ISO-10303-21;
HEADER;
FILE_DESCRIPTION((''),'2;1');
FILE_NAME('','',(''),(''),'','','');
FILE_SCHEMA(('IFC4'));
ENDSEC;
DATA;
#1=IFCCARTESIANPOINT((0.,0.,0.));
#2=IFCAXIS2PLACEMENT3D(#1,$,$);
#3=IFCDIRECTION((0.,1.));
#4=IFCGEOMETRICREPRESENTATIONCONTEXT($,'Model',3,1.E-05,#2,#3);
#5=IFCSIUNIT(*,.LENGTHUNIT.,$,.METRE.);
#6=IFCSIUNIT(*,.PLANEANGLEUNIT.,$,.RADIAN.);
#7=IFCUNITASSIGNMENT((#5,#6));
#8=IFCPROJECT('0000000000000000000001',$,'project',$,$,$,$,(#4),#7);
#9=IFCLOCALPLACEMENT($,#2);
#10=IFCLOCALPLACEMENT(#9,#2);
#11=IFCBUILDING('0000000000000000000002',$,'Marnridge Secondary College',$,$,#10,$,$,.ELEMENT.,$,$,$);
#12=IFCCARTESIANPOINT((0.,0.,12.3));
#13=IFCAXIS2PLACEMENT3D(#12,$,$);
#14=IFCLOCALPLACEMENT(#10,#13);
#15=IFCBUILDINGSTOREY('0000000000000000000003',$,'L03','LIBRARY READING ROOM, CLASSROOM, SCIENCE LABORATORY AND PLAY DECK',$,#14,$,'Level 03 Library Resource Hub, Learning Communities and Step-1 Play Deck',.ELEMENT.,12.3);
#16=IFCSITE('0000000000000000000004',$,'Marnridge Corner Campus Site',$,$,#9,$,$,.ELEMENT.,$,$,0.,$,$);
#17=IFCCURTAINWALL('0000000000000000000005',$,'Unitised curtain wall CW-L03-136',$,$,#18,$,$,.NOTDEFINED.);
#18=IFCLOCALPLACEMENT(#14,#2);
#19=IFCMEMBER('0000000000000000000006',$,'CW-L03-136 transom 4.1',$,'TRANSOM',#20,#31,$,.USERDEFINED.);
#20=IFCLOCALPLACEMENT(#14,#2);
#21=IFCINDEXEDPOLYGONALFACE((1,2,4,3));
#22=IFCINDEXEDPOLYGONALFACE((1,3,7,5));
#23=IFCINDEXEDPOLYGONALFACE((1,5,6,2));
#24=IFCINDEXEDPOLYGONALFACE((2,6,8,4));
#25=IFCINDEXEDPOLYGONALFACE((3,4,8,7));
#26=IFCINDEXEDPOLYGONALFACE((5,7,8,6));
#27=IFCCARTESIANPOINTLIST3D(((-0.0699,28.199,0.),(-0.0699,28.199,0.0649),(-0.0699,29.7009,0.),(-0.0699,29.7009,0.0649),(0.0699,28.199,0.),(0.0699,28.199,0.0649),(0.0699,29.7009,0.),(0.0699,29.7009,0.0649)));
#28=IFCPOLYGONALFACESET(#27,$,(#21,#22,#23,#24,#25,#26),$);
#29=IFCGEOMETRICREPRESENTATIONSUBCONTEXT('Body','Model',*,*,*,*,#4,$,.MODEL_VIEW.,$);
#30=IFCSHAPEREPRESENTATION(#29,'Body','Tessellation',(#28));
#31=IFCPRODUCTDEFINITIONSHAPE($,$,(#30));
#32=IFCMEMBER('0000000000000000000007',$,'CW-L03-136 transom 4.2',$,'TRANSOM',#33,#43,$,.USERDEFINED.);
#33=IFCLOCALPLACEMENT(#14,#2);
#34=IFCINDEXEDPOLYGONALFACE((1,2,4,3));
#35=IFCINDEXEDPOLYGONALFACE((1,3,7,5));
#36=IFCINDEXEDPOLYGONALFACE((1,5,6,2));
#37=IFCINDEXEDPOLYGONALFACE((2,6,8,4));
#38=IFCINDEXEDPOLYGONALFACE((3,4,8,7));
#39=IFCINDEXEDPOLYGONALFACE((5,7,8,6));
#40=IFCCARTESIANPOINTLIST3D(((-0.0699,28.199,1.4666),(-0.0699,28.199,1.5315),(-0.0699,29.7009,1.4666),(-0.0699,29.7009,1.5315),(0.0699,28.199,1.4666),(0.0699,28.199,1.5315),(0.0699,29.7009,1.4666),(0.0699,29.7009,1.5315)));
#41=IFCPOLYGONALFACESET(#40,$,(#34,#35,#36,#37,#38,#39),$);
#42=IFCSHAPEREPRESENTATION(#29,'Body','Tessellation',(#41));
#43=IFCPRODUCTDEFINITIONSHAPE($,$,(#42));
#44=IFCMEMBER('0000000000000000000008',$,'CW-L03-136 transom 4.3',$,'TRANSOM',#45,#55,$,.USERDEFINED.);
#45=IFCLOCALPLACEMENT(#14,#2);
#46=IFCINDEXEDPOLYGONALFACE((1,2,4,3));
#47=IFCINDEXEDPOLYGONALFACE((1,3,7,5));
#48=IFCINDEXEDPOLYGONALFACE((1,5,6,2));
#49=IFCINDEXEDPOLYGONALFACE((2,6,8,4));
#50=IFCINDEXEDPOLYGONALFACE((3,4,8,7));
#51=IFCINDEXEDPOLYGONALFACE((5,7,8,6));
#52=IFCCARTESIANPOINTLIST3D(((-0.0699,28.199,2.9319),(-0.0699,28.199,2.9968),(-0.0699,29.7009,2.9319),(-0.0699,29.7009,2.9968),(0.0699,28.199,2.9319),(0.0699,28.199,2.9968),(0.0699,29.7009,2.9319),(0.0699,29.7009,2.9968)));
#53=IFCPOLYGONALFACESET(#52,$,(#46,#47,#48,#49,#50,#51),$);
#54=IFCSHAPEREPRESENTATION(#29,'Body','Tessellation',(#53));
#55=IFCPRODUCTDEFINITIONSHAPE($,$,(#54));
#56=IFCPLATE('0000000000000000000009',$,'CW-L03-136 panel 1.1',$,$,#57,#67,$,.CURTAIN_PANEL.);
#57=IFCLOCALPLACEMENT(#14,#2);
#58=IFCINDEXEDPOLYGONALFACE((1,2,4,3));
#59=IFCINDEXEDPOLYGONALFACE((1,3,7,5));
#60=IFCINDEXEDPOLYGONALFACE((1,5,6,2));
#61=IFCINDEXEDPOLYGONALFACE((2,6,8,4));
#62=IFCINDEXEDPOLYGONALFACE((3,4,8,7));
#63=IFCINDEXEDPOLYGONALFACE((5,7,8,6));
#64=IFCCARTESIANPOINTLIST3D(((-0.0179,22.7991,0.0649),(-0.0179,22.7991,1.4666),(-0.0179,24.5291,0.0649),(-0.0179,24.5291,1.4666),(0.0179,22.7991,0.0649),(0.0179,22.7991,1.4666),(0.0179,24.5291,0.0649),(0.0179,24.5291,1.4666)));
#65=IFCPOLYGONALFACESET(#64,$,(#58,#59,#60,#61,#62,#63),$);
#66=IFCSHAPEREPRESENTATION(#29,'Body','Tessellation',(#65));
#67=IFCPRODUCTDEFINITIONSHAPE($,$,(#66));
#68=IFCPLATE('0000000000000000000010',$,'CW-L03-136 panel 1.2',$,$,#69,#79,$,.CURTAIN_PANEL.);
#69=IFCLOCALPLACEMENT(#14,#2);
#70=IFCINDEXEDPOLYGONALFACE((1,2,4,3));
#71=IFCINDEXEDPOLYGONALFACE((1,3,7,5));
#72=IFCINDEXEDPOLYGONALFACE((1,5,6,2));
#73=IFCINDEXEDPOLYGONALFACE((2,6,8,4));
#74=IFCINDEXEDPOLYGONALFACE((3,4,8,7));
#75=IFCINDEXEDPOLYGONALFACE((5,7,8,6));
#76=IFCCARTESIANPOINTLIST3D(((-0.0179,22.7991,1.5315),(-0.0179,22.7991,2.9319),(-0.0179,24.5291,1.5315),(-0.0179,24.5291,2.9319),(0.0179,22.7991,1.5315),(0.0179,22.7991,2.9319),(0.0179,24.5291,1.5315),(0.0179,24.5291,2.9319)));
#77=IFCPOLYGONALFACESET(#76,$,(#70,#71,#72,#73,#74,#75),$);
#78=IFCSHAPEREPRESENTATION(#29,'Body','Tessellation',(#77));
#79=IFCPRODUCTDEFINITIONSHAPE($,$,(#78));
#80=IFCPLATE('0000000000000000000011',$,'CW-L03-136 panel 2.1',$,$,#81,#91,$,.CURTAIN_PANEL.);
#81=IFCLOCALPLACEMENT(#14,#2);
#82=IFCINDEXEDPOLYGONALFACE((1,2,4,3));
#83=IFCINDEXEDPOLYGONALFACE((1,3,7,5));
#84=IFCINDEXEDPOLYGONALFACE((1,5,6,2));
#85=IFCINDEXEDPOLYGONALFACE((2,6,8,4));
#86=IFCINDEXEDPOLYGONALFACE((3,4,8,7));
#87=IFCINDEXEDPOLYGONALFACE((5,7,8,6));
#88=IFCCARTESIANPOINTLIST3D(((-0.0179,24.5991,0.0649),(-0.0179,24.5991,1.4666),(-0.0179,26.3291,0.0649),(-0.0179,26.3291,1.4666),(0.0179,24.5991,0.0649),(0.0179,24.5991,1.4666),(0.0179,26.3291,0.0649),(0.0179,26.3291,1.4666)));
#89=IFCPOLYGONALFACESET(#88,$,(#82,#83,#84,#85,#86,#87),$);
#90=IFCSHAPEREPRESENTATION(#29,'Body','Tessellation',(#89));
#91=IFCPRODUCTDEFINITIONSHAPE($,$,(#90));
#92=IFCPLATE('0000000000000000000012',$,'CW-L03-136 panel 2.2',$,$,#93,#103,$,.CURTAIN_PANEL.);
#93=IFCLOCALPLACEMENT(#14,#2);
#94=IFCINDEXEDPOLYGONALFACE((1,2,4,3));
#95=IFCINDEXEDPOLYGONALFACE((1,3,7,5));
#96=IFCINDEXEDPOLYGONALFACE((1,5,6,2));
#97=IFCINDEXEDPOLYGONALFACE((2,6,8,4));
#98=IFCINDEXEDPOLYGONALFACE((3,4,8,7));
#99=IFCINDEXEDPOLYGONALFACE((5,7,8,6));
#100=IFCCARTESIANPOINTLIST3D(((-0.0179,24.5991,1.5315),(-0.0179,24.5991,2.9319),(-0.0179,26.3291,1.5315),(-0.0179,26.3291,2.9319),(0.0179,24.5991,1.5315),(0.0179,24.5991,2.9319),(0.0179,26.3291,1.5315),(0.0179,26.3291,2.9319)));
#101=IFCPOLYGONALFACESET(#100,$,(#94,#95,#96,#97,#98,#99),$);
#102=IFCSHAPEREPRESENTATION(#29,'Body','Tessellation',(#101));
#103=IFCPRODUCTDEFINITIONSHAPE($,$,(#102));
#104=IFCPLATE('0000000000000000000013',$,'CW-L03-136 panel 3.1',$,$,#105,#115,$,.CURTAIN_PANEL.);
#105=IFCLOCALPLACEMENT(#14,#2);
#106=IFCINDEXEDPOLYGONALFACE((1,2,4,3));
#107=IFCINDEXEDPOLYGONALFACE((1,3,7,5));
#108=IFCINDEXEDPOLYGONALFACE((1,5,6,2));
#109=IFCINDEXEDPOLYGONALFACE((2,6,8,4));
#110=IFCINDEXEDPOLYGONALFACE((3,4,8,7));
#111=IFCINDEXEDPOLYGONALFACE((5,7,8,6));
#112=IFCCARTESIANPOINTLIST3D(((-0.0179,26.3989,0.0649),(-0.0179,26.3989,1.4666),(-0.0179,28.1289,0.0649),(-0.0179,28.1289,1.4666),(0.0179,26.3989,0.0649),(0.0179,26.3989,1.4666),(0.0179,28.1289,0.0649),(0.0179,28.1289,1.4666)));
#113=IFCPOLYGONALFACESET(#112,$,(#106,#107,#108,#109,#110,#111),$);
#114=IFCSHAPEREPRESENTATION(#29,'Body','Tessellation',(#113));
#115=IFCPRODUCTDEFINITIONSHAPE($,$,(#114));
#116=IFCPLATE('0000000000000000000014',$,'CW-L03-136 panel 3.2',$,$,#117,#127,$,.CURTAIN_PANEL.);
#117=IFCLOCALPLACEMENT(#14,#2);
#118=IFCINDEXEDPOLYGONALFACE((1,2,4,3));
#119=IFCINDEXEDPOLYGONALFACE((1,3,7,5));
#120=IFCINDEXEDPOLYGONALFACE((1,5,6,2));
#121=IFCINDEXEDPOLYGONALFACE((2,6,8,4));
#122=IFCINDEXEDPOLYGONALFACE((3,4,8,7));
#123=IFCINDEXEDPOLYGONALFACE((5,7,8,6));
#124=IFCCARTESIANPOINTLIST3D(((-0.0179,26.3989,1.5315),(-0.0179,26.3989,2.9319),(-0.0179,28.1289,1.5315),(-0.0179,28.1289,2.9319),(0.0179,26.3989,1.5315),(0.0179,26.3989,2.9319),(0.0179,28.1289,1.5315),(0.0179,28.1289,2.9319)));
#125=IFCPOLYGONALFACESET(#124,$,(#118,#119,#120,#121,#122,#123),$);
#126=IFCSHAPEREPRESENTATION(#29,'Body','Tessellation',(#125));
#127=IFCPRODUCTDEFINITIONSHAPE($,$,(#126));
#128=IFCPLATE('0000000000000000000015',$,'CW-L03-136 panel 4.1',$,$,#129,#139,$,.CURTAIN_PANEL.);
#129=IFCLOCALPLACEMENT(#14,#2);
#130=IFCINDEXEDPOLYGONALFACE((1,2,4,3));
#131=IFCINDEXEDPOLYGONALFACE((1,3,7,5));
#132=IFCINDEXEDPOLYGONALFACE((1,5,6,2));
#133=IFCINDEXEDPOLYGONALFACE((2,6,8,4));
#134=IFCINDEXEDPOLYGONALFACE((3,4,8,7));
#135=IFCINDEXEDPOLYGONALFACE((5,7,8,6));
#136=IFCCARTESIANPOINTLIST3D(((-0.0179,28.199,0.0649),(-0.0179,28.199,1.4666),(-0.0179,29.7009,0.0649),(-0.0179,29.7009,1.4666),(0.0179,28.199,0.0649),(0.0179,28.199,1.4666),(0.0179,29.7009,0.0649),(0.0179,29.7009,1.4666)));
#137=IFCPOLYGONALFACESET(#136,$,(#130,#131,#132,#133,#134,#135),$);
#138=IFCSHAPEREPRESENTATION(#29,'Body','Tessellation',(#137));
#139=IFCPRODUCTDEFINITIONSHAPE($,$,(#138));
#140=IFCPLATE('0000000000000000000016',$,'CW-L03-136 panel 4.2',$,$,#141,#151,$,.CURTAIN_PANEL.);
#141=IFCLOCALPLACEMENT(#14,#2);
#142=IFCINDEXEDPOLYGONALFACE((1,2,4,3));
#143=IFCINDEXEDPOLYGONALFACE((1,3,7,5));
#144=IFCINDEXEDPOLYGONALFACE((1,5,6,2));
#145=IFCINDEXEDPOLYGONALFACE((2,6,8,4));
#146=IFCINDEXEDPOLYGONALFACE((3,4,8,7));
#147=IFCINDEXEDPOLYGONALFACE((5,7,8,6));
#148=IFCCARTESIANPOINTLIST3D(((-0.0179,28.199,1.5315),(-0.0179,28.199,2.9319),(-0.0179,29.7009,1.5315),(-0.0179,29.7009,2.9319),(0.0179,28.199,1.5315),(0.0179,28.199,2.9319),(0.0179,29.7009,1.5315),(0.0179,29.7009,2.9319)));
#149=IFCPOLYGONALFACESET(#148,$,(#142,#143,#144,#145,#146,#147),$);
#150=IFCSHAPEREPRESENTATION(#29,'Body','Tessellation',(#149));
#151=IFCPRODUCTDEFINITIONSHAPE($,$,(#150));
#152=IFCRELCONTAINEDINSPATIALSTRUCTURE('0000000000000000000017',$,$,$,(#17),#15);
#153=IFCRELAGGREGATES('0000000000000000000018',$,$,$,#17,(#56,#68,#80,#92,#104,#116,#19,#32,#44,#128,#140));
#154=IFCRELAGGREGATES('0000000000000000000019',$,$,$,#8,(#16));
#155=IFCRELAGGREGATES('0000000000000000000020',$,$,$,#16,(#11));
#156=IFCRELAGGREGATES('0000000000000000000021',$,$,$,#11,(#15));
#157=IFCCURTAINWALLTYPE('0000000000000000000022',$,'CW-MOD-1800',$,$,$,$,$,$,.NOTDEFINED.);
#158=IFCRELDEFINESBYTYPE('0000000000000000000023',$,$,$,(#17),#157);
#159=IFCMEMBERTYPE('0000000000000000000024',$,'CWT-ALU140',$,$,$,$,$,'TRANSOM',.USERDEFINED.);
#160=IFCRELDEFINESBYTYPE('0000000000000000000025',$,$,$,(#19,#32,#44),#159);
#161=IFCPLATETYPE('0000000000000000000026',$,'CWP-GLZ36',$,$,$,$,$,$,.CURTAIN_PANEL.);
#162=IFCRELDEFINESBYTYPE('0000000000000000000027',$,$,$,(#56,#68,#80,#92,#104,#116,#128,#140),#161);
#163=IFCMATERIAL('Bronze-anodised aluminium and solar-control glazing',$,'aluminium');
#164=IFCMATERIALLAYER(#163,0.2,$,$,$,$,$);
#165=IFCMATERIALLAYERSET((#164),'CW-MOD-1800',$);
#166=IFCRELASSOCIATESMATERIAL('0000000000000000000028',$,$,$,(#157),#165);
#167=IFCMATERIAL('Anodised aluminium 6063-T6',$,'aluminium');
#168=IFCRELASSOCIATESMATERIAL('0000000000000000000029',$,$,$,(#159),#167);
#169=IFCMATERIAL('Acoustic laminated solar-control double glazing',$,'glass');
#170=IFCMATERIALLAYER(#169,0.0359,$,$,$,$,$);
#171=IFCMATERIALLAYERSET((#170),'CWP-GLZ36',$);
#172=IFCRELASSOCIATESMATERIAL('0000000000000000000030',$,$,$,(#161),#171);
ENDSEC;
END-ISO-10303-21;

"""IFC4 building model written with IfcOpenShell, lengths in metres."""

from ifc_helpers import new_model, si_unit, direction, frame, origin, origin_2d, place, context, subcontext, project, spatial, rectangle, extrude, material, layer, layer_set, material_profile, profile_set, type_object, element, aggregate, save


model = new_model("IFC4")

# Units and contexts
model_context = context("Model", 3, precision=1e-05, world=origin(), true_north=direction((0.0, 1.0)))
body_context = subcontext(model_context, "Body", "Model", "MODEL_VIEW")
ifc_project = project(units=[si_unit("LENGTHUNIT", "METRE"), si_unit("PLANEANGLEUNIT", "RADIAN")], contexts=[model_context])

# Site, building, storey
site_placement = place(None, origin())
site = spatial("IfcSite", under=ifc_project, at=site_placement, Name="Marnridge Corner Campus Site", CompositionType="ELEMENT", RefElevation=0.0)
building_placement = place(site_placement, origin())
building = spatial("IfcBuilding", under=site, at=building_placement, Name="Marnridge Secondary College", CompositionType="ELEMENT")
storey_placement = place(building_placement, frame((0.0, 0.0, 12.3)))
storey = spatial("IfcBuildingStorey", under=building, at=storey_placement, Name="L03", Description="LIBRARY READING ROOM, CLASSROOM, SCIENCE LABORATORY AND PLAY DECK", LongName="Level 03 Library Resource Hub, Learning Communities and Step-1 Play Deck", CompositionType="ELEMENT", Elevation=12.3)

# Curtain wall, members, plates
ifc_material_1 = material(Name="Bronze-anodised aluminium and solar-control glazing", Category="aluminium")
ifc_layer_1 = layer(ifc_material_1, 0.2)
ifc_layer_set_1 = layer_set([ifc_layer_1], Name="CW-MOD-1800")
curtain_wall_type = type_object("IfcCurtainWallType", Name="CW-MOD-1800", PredefinedType="NOTDEFINED", material=ifc_layer_set_1)
curtain_wall_placement = place(storey_placement, origin())
curtain_wall = element("IfcCurtainWall", 1, at=curtain_wall_placement, inside=storey, type_object=curtain_wall_type, Name="Unitised curtain wall CW-L03-136", PredefinedType="NOTDEFINED")
ifc_material_2 = material(Name="Anodised aluminium 6063-T6", Category="aluminium")
ifc_material_profile_1 = material_profile(ifc_material_2, rectangle(XDim=0.0649, YDim=0.1399, at=origin_2d()), Name="ALU 65x140")
ifc_profile_set_1 = profile_set([ifc_material_profile_1], Name="Anodised aluminium 6063-T6")
member_type_1 = type_object("IfcMemberType", Name="CWT-ALU140", ElementType="TRANSOM", PredefinedType="USERDEFINED", material=ifc_profile_set_1)
member_1_placement = place(storey_placement, frame((0.0, 28.199, 0.0325), z_axis=(0.0, 1.0, 0.0), x_axis=(0.0, 0.0, 1.0)))
member_1 = element("IfcMember", 2, at=member_1_placement, type_object=member_type_1, Name="CW-L03-136 transom 4.1", ObjectType="TRANSOM", PredefinedType="USERDEFINED", context=body_context, shape_type="SweptSolid", body=[
    extrude(rectangle(XDim=0.0649, YDim=0.1399, at=origin_2d()), origin(), (0.0, 0.0, 1.0), 1.502),
])
member_2_placement = place(storey_placement, frame((0.0, 28.199, 1.499), z_axis=(0.0, 1.0, 0.0), x_axis=(0.0, 0.0, 1.0)))
member_2 = element("IfcMember", 3, at=member_2_placement, type_object=member_type_1, Name="CW-L03-136 transom 4.2", ObjectType="TRANSOM", PredefinedType="USERDEFINED", context=body_context, shape_type="SweptSolid", body=[
    extrude(rectangle(XDim=0.0649, YDim=0.1399, at=origin_2d()), origin(), (0.0, 0.0, 1.0), 1.502),
])
member_3_placement = place(storey_placement, frame((0.0, 28.199, 2.9644), z_axis=(0.0, 1.0, 0.0), x_axis=(0.0, 0.0, 1.0)))
member_3 = element("IfcMember", 4, at=member_3_placement, type_object=member_type_1, Name="CW-L03-136 transom 4.3", ObjectType="TRANSOM", PredefinedType="USERDEFINED", context=body_context, shape_type="SweptSolid", body=[
    extrude(rectangle(XDim=0.0649, YDim=0.1399, at=origin_2d()), origin(), (0.0, 0.0, 1.0), 1.502),
])
ifc_material_3 = material(Name="Acoustic laminated solar-control double glazing", Category="glass")
ifc_layer_2 = layer(ifc_material_3, 0.0359)
ifc_layer_set_2 = layer_set([ifc_layer_2], Name="CWP-GLZ36")
plate_type = type_object("IfcPlateType", Name="CWP-GLZ36", PredefinedType="CURTAIN_PANEL", material=ifc_layer_set_2)
plate_1_placement = place(storey_placement, frame((0.0, 23.6641, 0.0649), z_axis=(0.0, 0.0, 1.0), x_axis=(0.0, 1.0, 0.0)))
plate_1 = element("IfcPlate", 5, at=plate_1_placement, type_object=plate_type, Name="CW-L03-136 panel 1.1", PredefinedType="CURTAIN_PANEL", context=body_context, shape_type="SweptSolid", body=[
    extrude(rectangle(XDim=1.73, YDim=0.0359, at=origin_2d()), origin(), (0.0, 0.0, 1.0), 1.4016),
])
plate_2_placement = place(storey_placement, frame((0.0, 23.6641, 1.5315), z_axis=(0.0, 0.0, 1.0), x_axis=(0.0, 1.0, 0.0)))
plate_2 = element("IfcPlate", 6, at=plate_2_placement, type_object=plate_type, Name="CW-L03-136 panel 1.2", PredefinedType="CURTAIN_PANEL", context=body_context, shape_type="SweptSolid", body=[
    extrude(rectangle(XDim=1.73, YDim=0.0359, at=origin_2d()), origin(), (0.0, 0.0, 1.0), 1.4004),
])
plate_3_placement = place(storey_placement, frame((0.0, 25.4641, 0.0649), z_axis=(0.0, 0.0, 1.0), x_axis=(0.0, 1.0, 0.0)))
plate_3 = element("IfcPlate", 7, at=plate_3_placement, type_object=plate_type, Name="CW-L03-136 panel 2.1", PredefinedType="CURTAIN_PANEL", context=body_context, shape_type="SweptSolid", body=[
    extrude(rectangle(XDim=1.73, YDim=0.0359, at=origin_2d()), origin(), (0.0, 0.0, 1.0), 1.4016),
])
plate_4_placement = place(storey_placement, frame((0.0, 25.4641, 1.5315), z_axis=(0.0, 0.0, 1.0), x_axis=(0.0, 1.0, 0.0)))
plate_4 = element("IfcPlate", 8, at=plate_4_placement, type_object=plate_type, Name="CW-L03-136 panel 2.2", PredefinedType="CURTAIN_PANEL", context=body_context, shape_type="SweptSolid", body=[
    extrude(rectangle(XDim=1.73, YDim=0.0359, at=origin_2d()), origin(), (0.0, 0.0, 1.0), 1.4004),
])
plate_5_placement = place(storey_placement, frame((0.0, 27.2639, 0.0649), z_axis=(0.0, 0.0, 1.0), x_axis=(0.0, 1.0, 0.0)))
plate_5 = element("IfcPlate", 9, at=plate_5_placement, type_object=plate_type, Name="CW-L03-136 panel 3.1", PredefinedType="CURTAIN_PANEL", context=body_context, shape_type="SweptSolid", body=[
    extrude(rectangle(XDim=1.73, YDim=0.0359, at=origin_2d()), origin(), (0.0, 0.0, 1.0), 1.4016),
])
plate_6_placement = place(storey_placement, frame((0.0, 27.2639, 1.5315), z_axis=(0.0, 0.0, 1.0), x_axis=(0.0, 1.0, 0.0)))
plate_6 = element("IfcPlate", 10, at=plate_6_placement, type_object=plate_type, Name="CW-L03-136 panel 3.2", PredefinedType="CURTAIN_PANEL", context=body_context, shape_type="SweptSolid", body=[
    extrude(rectangle(XDim=1.73, YDim=0.0359, at=origin_2d()), origin(), (0.0, 0.0, 1.0), 1.4004),
])
plate_7_placement = place(storey_placement, frame((0.0, 28.95, 0.0649), z_axis=(0.0, 0.0, 1.0), x_axis=(0.0, 1.0, 0.0)))
plate_7 = element("IfcPlate", 11, at=plate_7_placement, type_object=plate_type, Name="CW-L03-136 panel 4.1", PredefinedType="CURTAIN_PANEL", context=body_context, shape_type="SweptSolid", body=[
    extrude(rectangle(XDim=1.502, YDim=0.0359, at=origin_2d()), origin(), (0.0, 0.0, 1.0), 1.4016),
])
plate_8_placement = place(storey_placement, frame((0.0, 28.95, 1.5315), z_axis=(0.0, 0.0, 1.0), x_axis=(0.0, 1.0, 0.0)))
plate_8 = element("IfcPlate", 12, at=plate_8_placement, type_object=plate_type, Name="CW-L03-136 panel 4.2", PredefinedType="CURTAIN_PANEL", context=body_context, shape_type="SweptSolid", body=[
    extrude(rectangle(XDim=1.502, YDim=0.0359, at=origin_2d()), origin(), (0.0, 0.0, 1.0), 1.4004),
])
aggregate(curtain_wall, [plate_1, plate_2, plate_3, plate_4, plate_5, plate_6, member_1, member_2, member_3, plate_7, plate_8])

save(model, "model.ifc")
